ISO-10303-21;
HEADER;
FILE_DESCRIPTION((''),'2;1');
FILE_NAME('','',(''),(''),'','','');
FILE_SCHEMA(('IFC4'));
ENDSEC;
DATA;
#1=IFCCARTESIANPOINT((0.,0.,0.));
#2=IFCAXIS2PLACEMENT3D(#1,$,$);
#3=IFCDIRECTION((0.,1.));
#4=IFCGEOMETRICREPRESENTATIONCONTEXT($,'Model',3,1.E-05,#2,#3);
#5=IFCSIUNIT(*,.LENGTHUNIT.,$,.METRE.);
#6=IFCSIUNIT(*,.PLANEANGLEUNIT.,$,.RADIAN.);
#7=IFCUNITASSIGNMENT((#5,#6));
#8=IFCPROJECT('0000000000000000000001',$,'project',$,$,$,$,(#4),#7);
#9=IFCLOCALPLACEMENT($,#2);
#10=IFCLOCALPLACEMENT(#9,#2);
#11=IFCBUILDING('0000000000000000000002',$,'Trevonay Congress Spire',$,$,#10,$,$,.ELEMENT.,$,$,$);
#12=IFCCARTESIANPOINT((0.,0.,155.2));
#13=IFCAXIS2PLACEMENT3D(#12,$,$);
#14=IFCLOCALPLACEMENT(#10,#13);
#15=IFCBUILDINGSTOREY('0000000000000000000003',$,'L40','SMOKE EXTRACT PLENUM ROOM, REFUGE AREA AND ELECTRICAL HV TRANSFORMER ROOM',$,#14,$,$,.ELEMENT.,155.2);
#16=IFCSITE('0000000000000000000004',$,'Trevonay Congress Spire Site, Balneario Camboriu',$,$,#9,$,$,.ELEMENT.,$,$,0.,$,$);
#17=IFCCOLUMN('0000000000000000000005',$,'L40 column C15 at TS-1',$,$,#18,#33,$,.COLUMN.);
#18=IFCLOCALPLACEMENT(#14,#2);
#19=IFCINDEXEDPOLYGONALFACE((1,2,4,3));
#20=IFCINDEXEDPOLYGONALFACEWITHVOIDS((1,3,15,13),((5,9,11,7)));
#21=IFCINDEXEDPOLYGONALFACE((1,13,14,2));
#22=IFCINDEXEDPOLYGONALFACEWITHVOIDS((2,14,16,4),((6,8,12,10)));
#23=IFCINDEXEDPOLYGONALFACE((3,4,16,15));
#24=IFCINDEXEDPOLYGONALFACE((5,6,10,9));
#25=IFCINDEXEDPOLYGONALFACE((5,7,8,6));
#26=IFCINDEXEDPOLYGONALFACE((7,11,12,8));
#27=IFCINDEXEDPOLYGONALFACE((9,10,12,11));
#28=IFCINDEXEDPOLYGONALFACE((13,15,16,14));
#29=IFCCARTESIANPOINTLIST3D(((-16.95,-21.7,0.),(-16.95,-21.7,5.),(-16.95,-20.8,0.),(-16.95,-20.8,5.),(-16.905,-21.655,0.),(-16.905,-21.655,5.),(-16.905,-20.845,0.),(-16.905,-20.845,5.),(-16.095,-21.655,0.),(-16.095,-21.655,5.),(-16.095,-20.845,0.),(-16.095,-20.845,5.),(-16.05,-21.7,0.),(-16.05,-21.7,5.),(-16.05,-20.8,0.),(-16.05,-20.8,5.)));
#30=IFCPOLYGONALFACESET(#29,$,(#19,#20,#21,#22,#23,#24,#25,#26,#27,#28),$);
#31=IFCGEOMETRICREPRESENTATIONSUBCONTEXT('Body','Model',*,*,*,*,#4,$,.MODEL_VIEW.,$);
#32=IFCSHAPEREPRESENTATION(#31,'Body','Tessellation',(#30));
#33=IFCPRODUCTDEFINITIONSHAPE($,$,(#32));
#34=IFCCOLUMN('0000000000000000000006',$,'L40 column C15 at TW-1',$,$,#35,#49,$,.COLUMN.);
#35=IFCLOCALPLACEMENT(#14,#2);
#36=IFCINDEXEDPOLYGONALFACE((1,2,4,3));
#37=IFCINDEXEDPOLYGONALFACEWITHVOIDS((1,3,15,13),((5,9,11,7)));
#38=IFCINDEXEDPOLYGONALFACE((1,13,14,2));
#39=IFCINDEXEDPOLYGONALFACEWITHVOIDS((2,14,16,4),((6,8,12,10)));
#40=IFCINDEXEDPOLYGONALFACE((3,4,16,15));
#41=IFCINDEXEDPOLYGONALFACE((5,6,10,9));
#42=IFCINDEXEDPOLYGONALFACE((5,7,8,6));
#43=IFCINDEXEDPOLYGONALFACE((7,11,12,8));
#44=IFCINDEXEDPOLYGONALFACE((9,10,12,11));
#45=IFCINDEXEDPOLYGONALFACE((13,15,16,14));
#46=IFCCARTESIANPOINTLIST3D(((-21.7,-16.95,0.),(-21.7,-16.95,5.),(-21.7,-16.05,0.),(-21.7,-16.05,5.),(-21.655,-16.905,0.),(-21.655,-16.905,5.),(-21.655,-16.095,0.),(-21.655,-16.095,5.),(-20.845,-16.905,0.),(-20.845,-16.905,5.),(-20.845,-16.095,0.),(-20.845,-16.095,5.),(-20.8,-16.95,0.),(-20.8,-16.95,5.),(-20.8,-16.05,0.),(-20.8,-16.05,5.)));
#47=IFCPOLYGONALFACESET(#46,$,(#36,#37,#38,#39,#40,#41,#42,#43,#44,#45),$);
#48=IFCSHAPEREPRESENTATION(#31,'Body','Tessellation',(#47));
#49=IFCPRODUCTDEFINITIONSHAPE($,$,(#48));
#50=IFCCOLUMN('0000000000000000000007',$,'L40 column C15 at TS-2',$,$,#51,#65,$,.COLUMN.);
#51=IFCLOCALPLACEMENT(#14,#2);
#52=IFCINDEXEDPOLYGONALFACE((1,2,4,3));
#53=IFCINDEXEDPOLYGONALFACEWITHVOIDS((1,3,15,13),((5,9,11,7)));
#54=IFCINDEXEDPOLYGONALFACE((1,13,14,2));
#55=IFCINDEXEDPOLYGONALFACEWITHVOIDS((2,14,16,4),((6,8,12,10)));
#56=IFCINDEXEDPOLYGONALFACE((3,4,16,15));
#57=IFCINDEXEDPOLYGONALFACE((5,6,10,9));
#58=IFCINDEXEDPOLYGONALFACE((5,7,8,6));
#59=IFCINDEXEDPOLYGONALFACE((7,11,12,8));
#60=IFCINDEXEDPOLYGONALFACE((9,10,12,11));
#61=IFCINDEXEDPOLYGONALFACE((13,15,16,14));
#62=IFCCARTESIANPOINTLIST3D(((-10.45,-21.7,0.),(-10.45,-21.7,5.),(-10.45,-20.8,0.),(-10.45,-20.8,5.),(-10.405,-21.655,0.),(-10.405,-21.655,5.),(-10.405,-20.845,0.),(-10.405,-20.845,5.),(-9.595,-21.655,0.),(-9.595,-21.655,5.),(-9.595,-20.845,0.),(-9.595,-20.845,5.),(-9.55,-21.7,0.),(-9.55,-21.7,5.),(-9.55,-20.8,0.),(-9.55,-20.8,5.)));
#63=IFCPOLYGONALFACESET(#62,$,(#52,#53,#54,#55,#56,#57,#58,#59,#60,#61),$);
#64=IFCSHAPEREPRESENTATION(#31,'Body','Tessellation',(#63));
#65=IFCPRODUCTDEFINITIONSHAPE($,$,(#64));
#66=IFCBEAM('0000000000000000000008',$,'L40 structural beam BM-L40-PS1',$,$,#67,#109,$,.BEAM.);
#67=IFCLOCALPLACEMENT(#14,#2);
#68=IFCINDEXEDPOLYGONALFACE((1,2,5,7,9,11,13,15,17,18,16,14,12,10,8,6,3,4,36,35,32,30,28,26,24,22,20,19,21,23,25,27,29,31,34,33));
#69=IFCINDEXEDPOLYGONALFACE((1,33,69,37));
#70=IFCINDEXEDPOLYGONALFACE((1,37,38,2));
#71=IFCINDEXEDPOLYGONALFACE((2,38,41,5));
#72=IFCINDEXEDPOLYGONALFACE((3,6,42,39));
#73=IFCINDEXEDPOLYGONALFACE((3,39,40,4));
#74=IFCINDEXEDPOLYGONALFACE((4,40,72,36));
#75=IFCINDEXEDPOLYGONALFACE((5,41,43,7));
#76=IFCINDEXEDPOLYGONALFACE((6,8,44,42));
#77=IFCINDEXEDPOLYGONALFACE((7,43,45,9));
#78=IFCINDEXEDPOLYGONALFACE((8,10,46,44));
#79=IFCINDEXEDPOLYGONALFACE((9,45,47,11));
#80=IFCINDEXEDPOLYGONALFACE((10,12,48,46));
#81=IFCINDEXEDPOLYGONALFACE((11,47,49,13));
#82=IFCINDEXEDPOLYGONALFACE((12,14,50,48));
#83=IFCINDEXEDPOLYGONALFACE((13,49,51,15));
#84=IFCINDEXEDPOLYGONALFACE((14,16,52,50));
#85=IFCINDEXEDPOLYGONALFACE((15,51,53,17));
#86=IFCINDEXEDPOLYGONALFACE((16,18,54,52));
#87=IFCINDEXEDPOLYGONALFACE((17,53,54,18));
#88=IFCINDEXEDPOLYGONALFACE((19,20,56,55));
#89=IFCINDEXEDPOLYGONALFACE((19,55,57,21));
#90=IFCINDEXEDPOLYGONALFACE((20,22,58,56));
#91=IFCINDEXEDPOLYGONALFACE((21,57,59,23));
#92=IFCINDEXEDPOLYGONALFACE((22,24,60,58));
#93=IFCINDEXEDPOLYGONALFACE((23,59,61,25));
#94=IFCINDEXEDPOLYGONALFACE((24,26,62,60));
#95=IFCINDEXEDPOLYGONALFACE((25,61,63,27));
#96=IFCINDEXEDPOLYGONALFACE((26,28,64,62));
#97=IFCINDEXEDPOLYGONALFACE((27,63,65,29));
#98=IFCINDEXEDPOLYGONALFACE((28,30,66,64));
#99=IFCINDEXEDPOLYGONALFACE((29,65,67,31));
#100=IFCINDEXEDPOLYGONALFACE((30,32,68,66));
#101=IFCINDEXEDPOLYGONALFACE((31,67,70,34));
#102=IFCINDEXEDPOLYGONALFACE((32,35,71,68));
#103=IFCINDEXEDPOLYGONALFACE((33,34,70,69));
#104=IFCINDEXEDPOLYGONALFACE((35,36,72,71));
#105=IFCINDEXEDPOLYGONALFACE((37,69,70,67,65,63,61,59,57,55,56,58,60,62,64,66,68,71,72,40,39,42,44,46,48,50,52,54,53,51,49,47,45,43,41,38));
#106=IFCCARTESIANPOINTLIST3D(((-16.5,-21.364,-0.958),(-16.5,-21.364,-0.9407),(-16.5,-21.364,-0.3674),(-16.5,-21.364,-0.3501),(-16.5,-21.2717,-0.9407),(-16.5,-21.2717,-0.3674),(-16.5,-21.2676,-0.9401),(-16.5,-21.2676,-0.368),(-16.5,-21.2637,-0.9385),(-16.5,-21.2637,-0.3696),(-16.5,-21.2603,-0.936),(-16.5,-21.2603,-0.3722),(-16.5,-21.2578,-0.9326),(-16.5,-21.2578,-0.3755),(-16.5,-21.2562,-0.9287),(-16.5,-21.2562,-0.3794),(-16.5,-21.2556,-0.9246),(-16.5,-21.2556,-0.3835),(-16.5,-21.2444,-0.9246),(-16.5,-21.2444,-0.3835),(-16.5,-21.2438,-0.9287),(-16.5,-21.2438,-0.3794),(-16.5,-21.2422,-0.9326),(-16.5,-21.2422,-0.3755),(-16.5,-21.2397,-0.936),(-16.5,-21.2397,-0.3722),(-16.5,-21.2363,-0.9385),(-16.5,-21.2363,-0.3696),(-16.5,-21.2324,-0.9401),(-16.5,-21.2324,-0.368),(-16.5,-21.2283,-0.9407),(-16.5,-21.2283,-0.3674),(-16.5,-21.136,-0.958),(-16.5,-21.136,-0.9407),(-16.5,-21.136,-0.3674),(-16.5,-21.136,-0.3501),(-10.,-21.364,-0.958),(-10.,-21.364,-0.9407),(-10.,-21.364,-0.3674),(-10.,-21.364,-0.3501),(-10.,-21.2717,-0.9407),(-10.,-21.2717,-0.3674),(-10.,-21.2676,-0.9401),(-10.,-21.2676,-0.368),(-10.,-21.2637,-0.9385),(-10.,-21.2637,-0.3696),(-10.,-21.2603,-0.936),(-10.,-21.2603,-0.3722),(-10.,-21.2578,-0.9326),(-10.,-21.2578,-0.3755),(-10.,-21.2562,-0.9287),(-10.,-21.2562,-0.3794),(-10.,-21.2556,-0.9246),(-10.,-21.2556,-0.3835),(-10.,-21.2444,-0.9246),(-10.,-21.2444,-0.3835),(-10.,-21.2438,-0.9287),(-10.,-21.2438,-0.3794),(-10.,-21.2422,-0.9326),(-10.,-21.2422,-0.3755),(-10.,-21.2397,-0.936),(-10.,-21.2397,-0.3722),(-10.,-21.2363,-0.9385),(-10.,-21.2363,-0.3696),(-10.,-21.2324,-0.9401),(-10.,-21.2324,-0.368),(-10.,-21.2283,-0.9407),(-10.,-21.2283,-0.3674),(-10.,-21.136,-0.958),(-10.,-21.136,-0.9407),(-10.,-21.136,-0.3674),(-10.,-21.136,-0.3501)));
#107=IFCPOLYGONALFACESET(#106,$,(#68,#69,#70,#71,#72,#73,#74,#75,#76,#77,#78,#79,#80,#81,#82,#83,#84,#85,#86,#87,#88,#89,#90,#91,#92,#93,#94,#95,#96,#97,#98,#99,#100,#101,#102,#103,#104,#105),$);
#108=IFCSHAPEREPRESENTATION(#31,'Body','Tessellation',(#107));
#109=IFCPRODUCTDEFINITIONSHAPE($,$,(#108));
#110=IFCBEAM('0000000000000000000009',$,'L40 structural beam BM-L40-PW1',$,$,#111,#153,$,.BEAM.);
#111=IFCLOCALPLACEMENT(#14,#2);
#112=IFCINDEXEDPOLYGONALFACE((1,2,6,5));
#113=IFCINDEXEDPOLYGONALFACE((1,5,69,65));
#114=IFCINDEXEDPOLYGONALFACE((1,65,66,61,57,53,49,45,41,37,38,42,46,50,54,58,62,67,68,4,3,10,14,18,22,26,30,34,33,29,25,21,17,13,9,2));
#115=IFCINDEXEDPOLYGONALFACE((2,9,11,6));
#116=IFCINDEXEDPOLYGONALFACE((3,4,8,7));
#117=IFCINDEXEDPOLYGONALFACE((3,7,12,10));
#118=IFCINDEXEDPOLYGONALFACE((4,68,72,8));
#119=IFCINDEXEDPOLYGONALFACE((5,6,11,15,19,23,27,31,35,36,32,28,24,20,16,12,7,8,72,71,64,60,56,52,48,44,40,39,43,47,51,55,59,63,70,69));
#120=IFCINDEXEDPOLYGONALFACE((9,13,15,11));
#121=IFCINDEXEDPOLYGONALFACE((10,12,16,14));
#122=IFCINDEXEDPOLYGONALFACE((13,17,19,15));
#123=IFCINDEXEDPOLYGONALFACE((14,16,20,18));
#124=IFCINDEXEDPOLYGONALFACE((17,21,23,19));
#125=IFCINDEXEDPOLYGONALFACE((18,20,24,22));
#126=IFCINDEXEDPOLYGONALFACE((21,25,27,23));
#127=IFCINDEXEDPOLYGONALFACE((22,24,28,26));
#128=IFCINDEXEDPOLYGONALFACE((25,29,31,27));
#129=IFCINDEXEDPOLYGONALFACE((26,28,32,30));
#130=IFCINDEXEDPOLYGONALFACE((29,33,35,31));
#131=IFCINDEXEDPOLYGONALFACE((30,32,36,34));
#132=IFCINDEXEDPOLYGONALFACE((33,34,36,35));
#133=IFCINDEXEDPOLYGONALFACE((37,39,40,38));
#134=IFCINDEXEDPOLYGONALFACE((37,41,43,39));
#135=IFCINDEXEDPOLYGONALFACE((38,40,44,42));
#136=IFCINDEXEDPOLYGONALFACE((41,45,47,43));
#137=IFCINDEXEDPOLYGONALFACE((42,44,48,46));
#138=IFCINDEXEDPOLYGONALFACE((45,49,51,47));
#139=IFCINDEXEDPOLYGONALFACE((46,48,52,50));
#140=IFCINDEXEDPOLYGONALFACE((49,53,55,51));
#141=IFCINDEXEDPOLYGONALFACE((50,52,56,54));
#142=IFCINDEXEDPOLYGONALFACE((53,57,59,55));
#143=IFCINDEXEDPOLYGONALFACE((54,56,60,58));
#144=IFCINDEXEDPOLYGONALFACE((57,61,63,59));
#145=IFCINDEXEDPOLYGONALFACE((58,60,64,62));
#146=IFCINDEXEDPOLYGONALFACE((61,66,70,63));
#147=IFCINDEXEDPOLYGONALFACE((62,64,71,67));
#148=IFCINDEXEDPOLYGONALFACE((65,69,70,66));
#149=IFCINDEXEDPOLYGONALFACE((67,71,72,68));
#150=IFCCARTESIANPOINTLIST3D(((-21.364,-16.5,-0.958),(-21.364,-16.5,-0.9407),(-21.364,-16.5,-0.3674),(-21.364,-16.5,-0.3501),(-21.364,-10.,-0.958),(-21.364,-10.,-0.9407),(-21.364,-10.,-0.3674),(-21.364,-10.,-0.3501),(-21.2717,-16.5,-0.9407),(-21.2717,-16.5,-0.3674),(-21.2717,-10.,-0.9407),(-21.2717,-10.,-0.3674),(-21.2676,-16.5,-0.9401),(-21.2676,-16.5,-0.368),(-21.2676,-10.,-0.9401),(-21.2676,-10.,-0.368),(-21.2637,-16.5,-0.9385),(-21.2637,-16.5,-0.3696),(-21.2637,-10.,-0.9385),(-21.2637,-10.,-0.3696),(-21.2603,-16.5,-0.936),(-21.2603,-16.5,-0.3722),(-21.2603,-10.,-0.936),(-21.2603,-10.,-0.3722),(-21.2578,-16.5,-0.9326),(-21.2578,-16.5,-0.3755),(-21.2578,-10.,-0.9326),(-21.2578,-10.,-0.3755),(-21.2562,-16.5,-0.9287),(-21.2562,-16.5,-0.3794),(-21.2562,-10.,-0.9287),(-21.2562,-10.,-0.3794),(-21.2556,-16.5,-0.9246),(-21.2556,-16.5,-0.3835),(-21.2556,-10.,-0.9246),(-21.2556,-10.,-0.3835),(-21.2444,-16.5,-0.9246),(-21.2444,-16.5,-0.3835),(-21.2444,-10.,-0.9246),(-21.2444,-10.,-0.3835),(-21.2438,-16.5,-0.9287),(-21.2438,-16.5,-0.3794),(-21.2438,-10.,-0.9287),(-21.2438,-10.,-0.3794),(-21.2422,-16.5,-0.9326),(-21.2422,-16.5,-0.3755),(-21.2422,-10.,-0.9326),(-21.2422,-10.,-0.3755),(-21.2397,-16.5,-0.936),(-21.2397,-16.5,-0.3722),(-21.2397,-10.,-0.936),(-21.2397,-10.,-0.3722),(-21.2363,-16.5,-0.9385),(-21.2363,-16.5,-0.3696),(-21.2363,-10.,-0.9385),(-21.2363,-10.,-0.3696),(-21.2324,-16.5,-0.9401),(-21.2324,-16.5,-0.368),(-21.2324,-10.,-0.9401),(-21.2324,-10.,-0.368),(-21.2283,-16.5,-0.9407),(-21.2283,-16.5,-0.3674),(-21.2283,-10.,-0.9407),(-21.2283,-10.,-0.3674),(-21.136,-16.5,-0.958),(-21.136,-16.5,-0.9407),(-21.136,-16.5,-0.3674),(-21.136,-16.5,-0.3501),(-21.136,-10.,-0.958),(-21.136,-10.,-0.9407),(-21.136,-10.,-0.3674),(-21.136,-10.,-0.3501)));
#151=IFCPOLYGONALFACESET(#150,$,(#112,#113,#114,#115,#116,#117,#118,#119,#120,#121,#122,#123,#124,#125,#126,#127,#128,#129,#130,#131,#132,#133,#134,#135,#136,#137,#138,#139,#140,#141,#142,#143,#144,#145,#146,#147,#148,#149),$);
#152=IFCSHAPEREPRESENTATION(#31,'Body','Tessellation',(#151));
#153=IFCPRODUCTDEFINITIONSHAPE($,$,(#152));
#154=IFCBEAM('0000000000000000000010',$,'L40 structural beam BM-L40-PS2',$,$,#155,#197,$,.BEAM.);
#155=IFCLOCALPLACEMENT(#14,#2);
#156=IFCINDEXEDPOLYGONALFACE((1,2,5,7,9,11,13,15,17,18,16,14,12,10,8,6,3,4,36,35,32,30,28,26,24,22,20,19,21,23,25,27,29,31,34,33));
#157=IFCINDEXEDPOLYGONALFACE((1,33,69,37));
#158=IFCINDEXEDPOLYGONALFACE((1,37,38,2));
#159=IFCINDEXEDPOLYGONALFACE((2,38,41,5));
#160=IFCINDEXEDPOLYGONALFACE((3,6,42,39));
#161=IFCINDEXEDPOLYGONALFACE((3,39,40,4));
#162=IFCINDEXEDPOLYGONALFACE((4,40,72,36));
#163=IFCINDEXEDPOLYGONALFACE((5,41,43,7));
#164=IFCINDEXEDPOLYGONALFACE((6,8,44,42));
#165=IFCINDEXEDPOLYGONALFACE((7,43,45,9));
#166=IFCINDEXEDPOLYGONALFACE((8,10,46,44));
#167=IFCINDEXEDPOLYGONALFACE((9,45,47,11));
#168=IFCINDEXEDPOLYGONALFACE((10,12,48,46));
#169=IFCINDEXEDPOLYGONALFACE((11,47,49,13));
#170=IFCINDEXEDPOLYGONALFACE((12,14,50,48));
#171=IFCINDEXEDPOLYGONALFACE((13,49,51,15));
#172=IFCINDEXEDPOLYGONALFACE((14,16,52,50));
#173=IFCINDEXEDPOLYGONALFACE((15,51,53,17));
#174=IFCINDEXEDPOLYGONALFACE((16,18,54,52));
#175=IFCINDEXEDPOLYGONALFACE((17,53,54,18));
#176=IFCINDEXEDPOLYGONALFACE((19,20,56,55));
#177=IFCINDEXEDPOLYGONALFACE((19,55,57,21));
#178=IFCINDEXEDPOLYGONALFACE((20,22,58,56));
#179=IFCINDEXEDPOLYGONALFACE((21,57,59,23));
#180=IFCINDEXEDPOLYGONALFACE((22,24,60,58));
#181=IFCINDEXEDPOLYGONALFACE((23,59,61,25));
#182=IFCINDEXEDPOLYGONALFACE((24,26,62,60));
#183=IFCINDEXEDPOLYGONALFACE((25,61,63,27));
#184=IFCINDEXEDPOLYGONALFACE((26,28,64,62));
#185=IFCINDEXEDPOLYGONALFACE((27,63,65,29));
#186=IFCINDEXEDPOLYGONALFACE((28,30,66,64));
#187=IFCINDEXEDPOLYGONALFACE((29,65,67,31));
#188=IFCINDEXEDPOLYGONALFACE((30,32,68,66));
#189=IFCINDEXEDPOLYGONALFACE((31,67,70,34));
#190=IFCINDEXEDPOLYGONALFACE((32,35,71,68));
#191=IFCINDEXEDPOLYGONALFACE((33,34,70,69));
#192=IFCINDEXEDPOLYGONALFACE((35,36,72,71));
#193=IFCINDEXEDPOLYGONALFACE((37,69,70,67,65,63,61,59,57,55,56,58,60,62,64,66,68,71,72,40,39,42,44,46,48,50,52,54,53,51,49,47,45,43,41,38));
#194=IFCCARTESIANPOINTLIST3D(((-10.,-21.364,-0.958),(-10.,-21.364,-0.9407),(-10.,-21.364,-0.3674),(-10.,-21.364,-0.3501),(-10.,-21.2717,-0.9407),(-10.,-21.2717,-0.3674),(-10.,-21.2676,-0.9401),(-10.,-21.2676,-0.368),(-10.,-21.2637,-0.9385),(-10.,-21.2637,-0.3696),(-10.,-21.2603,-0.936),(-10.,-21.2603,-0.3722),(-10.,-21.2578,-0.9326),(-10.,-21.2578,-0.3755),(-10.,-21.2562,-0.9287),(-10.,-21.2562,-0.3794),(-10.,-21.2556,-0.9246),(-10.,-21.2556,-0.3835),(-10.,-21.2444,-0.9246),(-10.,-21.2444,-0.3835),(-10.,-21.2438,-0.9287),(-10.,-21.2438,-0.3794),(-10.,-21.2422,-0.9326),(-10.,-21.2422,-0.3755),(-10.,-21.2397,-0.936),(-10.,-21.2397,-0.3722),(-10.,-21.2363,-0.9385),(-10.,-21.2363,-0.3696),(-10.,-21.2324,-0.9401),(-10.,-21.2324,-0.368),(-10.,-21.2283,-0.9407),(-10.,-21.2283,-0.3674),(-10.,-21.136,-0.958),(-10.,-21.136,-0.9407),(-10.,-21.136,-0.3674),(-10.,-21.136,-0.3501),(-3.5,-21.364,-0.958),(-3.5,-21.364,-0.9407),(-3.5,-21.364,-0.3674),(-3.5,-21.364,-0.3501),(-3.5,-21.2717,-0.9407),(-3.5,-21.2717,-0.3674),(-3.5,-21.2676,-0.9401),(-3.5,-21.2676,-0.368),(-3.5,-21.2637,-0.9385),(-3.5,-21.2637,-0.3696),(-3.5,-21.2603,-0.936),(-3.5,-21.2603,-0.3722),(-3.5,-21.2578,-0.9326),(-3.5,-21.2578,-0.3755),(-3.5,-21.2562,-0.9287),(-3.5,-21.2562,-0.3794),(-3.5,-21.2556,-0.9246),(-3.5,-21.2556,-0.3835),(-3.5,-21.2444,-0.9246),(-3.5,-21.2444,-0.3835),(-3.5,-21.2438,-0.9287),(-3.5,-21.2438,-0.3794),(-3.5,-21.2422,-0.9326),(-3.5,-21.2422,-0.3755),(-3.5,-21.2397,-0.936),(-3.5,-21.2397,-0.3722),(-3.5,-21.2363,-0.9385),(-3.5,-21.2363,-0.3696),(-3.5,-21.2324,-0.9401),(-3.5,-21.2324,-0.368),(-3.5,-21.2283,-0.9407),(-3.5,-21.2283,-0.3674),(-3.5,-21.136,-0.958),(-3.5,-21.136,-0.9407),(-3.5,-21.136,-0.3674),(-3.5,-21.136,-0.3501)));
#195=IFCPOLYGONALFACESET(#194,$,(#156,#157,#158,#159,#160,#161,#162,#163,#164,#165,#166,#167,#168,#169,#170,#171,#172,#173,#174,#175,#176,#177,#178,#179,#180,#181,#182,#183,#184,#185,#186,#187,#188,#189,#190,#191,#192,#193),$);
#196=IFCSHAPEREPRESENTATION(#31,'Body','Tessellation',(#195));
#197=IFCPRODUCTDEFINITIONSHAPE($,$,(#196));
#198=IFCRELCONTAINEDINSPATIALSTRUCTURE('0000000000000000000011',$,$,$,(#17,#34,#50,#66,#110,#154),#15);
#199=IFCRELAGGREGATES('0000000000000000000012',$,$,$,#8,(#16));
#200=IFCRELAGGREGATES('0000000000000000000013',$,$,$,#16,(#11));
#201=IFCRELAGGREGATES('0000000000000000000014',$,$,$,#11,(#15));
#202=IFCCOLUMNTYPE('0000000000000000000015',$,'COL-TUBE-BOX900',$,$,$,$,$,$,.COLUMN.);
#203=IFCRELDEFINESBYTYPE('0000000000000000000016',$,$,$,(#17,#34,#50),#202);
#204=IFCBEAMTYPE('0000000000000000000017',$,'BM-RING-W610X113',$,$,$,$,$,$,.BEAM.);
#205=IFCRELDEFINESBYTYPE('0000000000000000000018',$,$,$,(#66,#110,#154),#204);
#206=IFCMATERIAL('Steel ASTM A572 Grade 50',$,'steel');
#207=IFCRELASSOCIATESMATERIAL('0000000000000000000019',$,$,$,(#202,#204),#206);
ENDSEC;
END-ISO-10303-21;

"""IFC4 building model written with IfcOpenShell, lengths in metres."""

from ifc_helpers import new_model, si_unit, direction, frame, origin, origin_2d, place, context, subcontext, project, spatial, hollow_rectangle, i_section, extrude, material, material_profile, profile_set, type_object, element, save


model = new_model("IFC4")

# Units and contexts
model_context = context("Model", 3, precision=1e-05, world=origin(), true_north=direction((0.0, 1.0)))
body_context = subcontext(model_context, "Body", "Model", "MODEL_VIEW")
ifc_project = project(units=[si_unit("LENGTHUNIT", "METRE"), si_unit("PLANEANGLEUNIT", "RADIAN")], contexts=[model_context])

# Site, building, storey
site_placement = place(None, origin())
site = spatial("IfcSite", under=ifc_project, at=site_placement, Name="Trevonay Congress Spire Site, Balneario Camboriu", CompositionType="ELEMENT", RefElevation=0.0)
building_placement = place(site_placement, origin())
building = spatial("IfcBuilding", under=site, at=building_placement, Name="Trevonay Congress Spire", CompositionType="ELEMENT")
storey_placement = place(building_placement, frame((0.0, 0.0, 155.2)))
storey = spatial("IfcBuildingStorey", under=building, at=storey_placement, Name="L40", Description="SMOKE EXTRACT PLENUM ROOM, REFUGE AREA AND ELECTRICAL HV TRANSFORMER ROOM", CompositionType="ELEMENT", Elevation=155.2)

# Columns
ifc_material_1 = material(Name="Steel ASTM A572 Grade 50", Category="steel")
ifc_material_profile_1 = material_profile(ifc_material_1, hollow_rectangle(XDim=0.8999, YDim=0.8999, WallThickness=0.0449, at=origin_2d()), Name="BOX 900x900x45")
ifc_profile_set_1 = profile_set([ifc_material_profile_1], Name="Steel ASTM A572 Grade 50")
column_type = type_object("IfcColumnType", Name="COL-TUBE-BOX900", PredefinedType="COLUMN", material=ifc_profile_set_1)
for number, where, z_axis, x_axis, name in (
    (1, (-16.5, -21.25, 0.0), (0.0, 0.0, 1.0), (1.0, 0.0, 0.0), "L40 column C15 at TS-1"),
    (2, (-21.25, -16.5, 0.0), (0.0, 0.0, 1.0), (1.0, 0.0, 0.0), "L40 column C15 at TW-1"),
    (3, (-10.0, -21.25, 0.0), (0.0, 0.0, 1.0), (1.0, 0.0, 0.0), "L40 column C15 at TS-2"),
):
    element("IfcColumn", number, at=place(storey_placement, frame(where, z_axis=z_axis, x_axis=x_axis)), inside=storey, type_object=column_type, Name=name, PredefinedType="COLUMN", context=body_context, shape_type="SweptSolid", body=[
        extrude(hollow_rectangle(XDim=0.8999, YDim=0.8999, WallThickness=0.0449, at=origin_2d()), origin(), (0.0, 0.0, 1.0), 5.0),
    ])

# Beams
ifc_material_profile_2 = material_profile(ifc_material_1, i_section(OverallWidth=0.228, OverallDepth=0.6079, WebThickness=0.0112, FlangeThickness=0.0173, FilletRadius=0.0161, at=origin_2d()), Name="W610x113")
ifc_profile_set_2 = profile_set([ifc_material_profile_2], Name="Steel ASTM A572 Grade 50")
beam_type = type_object("IfcBeamType", Name="BM-RING-W610X113", PredefinedType="BEAM", material=ifc_profile_set_2)
for number, where, z_axis, x_axis, name in (
    (4, (-16.5, -21.25, -0.6541), (1.0, 0.0, 0.0), (0.0, 1.0, 0.0), "L40 structural beam BM-L40-PS1"),
    (5, (-21.25, -16.5, -0.6541), (0.0, 1.0, 0.0), (-1.0, 0.0, 0.0), "L40 structural beam BM-L40-PW1"),
    (6, (-10.0, -21.25, -0.6541), (1.0, 0.0, 0.0), (0.0, 1.0, 0.0), "L40 structural beam BM-L40-PS2"),
):
    element("IfcBeam", number, at=place(storey_placement, frame(where, z_axis=z_axis, x_axis=x_axis)), inside=storey, type_object=beam_type, Name=name, PredefinedType="BEAM", context=body_context, shape_type="SweptSolid", body=[
        extrude(i_section(OverallWidth=0.228, OverallDepth=0.6079, WebThickness=0.0112, FlangeThickness=0.0173, FilletRadius=0.0161, at=origin_2d()), origin(), (0.0, 0.0, 1.0), 6.5),
    ])

save(model, "model.ifc")
